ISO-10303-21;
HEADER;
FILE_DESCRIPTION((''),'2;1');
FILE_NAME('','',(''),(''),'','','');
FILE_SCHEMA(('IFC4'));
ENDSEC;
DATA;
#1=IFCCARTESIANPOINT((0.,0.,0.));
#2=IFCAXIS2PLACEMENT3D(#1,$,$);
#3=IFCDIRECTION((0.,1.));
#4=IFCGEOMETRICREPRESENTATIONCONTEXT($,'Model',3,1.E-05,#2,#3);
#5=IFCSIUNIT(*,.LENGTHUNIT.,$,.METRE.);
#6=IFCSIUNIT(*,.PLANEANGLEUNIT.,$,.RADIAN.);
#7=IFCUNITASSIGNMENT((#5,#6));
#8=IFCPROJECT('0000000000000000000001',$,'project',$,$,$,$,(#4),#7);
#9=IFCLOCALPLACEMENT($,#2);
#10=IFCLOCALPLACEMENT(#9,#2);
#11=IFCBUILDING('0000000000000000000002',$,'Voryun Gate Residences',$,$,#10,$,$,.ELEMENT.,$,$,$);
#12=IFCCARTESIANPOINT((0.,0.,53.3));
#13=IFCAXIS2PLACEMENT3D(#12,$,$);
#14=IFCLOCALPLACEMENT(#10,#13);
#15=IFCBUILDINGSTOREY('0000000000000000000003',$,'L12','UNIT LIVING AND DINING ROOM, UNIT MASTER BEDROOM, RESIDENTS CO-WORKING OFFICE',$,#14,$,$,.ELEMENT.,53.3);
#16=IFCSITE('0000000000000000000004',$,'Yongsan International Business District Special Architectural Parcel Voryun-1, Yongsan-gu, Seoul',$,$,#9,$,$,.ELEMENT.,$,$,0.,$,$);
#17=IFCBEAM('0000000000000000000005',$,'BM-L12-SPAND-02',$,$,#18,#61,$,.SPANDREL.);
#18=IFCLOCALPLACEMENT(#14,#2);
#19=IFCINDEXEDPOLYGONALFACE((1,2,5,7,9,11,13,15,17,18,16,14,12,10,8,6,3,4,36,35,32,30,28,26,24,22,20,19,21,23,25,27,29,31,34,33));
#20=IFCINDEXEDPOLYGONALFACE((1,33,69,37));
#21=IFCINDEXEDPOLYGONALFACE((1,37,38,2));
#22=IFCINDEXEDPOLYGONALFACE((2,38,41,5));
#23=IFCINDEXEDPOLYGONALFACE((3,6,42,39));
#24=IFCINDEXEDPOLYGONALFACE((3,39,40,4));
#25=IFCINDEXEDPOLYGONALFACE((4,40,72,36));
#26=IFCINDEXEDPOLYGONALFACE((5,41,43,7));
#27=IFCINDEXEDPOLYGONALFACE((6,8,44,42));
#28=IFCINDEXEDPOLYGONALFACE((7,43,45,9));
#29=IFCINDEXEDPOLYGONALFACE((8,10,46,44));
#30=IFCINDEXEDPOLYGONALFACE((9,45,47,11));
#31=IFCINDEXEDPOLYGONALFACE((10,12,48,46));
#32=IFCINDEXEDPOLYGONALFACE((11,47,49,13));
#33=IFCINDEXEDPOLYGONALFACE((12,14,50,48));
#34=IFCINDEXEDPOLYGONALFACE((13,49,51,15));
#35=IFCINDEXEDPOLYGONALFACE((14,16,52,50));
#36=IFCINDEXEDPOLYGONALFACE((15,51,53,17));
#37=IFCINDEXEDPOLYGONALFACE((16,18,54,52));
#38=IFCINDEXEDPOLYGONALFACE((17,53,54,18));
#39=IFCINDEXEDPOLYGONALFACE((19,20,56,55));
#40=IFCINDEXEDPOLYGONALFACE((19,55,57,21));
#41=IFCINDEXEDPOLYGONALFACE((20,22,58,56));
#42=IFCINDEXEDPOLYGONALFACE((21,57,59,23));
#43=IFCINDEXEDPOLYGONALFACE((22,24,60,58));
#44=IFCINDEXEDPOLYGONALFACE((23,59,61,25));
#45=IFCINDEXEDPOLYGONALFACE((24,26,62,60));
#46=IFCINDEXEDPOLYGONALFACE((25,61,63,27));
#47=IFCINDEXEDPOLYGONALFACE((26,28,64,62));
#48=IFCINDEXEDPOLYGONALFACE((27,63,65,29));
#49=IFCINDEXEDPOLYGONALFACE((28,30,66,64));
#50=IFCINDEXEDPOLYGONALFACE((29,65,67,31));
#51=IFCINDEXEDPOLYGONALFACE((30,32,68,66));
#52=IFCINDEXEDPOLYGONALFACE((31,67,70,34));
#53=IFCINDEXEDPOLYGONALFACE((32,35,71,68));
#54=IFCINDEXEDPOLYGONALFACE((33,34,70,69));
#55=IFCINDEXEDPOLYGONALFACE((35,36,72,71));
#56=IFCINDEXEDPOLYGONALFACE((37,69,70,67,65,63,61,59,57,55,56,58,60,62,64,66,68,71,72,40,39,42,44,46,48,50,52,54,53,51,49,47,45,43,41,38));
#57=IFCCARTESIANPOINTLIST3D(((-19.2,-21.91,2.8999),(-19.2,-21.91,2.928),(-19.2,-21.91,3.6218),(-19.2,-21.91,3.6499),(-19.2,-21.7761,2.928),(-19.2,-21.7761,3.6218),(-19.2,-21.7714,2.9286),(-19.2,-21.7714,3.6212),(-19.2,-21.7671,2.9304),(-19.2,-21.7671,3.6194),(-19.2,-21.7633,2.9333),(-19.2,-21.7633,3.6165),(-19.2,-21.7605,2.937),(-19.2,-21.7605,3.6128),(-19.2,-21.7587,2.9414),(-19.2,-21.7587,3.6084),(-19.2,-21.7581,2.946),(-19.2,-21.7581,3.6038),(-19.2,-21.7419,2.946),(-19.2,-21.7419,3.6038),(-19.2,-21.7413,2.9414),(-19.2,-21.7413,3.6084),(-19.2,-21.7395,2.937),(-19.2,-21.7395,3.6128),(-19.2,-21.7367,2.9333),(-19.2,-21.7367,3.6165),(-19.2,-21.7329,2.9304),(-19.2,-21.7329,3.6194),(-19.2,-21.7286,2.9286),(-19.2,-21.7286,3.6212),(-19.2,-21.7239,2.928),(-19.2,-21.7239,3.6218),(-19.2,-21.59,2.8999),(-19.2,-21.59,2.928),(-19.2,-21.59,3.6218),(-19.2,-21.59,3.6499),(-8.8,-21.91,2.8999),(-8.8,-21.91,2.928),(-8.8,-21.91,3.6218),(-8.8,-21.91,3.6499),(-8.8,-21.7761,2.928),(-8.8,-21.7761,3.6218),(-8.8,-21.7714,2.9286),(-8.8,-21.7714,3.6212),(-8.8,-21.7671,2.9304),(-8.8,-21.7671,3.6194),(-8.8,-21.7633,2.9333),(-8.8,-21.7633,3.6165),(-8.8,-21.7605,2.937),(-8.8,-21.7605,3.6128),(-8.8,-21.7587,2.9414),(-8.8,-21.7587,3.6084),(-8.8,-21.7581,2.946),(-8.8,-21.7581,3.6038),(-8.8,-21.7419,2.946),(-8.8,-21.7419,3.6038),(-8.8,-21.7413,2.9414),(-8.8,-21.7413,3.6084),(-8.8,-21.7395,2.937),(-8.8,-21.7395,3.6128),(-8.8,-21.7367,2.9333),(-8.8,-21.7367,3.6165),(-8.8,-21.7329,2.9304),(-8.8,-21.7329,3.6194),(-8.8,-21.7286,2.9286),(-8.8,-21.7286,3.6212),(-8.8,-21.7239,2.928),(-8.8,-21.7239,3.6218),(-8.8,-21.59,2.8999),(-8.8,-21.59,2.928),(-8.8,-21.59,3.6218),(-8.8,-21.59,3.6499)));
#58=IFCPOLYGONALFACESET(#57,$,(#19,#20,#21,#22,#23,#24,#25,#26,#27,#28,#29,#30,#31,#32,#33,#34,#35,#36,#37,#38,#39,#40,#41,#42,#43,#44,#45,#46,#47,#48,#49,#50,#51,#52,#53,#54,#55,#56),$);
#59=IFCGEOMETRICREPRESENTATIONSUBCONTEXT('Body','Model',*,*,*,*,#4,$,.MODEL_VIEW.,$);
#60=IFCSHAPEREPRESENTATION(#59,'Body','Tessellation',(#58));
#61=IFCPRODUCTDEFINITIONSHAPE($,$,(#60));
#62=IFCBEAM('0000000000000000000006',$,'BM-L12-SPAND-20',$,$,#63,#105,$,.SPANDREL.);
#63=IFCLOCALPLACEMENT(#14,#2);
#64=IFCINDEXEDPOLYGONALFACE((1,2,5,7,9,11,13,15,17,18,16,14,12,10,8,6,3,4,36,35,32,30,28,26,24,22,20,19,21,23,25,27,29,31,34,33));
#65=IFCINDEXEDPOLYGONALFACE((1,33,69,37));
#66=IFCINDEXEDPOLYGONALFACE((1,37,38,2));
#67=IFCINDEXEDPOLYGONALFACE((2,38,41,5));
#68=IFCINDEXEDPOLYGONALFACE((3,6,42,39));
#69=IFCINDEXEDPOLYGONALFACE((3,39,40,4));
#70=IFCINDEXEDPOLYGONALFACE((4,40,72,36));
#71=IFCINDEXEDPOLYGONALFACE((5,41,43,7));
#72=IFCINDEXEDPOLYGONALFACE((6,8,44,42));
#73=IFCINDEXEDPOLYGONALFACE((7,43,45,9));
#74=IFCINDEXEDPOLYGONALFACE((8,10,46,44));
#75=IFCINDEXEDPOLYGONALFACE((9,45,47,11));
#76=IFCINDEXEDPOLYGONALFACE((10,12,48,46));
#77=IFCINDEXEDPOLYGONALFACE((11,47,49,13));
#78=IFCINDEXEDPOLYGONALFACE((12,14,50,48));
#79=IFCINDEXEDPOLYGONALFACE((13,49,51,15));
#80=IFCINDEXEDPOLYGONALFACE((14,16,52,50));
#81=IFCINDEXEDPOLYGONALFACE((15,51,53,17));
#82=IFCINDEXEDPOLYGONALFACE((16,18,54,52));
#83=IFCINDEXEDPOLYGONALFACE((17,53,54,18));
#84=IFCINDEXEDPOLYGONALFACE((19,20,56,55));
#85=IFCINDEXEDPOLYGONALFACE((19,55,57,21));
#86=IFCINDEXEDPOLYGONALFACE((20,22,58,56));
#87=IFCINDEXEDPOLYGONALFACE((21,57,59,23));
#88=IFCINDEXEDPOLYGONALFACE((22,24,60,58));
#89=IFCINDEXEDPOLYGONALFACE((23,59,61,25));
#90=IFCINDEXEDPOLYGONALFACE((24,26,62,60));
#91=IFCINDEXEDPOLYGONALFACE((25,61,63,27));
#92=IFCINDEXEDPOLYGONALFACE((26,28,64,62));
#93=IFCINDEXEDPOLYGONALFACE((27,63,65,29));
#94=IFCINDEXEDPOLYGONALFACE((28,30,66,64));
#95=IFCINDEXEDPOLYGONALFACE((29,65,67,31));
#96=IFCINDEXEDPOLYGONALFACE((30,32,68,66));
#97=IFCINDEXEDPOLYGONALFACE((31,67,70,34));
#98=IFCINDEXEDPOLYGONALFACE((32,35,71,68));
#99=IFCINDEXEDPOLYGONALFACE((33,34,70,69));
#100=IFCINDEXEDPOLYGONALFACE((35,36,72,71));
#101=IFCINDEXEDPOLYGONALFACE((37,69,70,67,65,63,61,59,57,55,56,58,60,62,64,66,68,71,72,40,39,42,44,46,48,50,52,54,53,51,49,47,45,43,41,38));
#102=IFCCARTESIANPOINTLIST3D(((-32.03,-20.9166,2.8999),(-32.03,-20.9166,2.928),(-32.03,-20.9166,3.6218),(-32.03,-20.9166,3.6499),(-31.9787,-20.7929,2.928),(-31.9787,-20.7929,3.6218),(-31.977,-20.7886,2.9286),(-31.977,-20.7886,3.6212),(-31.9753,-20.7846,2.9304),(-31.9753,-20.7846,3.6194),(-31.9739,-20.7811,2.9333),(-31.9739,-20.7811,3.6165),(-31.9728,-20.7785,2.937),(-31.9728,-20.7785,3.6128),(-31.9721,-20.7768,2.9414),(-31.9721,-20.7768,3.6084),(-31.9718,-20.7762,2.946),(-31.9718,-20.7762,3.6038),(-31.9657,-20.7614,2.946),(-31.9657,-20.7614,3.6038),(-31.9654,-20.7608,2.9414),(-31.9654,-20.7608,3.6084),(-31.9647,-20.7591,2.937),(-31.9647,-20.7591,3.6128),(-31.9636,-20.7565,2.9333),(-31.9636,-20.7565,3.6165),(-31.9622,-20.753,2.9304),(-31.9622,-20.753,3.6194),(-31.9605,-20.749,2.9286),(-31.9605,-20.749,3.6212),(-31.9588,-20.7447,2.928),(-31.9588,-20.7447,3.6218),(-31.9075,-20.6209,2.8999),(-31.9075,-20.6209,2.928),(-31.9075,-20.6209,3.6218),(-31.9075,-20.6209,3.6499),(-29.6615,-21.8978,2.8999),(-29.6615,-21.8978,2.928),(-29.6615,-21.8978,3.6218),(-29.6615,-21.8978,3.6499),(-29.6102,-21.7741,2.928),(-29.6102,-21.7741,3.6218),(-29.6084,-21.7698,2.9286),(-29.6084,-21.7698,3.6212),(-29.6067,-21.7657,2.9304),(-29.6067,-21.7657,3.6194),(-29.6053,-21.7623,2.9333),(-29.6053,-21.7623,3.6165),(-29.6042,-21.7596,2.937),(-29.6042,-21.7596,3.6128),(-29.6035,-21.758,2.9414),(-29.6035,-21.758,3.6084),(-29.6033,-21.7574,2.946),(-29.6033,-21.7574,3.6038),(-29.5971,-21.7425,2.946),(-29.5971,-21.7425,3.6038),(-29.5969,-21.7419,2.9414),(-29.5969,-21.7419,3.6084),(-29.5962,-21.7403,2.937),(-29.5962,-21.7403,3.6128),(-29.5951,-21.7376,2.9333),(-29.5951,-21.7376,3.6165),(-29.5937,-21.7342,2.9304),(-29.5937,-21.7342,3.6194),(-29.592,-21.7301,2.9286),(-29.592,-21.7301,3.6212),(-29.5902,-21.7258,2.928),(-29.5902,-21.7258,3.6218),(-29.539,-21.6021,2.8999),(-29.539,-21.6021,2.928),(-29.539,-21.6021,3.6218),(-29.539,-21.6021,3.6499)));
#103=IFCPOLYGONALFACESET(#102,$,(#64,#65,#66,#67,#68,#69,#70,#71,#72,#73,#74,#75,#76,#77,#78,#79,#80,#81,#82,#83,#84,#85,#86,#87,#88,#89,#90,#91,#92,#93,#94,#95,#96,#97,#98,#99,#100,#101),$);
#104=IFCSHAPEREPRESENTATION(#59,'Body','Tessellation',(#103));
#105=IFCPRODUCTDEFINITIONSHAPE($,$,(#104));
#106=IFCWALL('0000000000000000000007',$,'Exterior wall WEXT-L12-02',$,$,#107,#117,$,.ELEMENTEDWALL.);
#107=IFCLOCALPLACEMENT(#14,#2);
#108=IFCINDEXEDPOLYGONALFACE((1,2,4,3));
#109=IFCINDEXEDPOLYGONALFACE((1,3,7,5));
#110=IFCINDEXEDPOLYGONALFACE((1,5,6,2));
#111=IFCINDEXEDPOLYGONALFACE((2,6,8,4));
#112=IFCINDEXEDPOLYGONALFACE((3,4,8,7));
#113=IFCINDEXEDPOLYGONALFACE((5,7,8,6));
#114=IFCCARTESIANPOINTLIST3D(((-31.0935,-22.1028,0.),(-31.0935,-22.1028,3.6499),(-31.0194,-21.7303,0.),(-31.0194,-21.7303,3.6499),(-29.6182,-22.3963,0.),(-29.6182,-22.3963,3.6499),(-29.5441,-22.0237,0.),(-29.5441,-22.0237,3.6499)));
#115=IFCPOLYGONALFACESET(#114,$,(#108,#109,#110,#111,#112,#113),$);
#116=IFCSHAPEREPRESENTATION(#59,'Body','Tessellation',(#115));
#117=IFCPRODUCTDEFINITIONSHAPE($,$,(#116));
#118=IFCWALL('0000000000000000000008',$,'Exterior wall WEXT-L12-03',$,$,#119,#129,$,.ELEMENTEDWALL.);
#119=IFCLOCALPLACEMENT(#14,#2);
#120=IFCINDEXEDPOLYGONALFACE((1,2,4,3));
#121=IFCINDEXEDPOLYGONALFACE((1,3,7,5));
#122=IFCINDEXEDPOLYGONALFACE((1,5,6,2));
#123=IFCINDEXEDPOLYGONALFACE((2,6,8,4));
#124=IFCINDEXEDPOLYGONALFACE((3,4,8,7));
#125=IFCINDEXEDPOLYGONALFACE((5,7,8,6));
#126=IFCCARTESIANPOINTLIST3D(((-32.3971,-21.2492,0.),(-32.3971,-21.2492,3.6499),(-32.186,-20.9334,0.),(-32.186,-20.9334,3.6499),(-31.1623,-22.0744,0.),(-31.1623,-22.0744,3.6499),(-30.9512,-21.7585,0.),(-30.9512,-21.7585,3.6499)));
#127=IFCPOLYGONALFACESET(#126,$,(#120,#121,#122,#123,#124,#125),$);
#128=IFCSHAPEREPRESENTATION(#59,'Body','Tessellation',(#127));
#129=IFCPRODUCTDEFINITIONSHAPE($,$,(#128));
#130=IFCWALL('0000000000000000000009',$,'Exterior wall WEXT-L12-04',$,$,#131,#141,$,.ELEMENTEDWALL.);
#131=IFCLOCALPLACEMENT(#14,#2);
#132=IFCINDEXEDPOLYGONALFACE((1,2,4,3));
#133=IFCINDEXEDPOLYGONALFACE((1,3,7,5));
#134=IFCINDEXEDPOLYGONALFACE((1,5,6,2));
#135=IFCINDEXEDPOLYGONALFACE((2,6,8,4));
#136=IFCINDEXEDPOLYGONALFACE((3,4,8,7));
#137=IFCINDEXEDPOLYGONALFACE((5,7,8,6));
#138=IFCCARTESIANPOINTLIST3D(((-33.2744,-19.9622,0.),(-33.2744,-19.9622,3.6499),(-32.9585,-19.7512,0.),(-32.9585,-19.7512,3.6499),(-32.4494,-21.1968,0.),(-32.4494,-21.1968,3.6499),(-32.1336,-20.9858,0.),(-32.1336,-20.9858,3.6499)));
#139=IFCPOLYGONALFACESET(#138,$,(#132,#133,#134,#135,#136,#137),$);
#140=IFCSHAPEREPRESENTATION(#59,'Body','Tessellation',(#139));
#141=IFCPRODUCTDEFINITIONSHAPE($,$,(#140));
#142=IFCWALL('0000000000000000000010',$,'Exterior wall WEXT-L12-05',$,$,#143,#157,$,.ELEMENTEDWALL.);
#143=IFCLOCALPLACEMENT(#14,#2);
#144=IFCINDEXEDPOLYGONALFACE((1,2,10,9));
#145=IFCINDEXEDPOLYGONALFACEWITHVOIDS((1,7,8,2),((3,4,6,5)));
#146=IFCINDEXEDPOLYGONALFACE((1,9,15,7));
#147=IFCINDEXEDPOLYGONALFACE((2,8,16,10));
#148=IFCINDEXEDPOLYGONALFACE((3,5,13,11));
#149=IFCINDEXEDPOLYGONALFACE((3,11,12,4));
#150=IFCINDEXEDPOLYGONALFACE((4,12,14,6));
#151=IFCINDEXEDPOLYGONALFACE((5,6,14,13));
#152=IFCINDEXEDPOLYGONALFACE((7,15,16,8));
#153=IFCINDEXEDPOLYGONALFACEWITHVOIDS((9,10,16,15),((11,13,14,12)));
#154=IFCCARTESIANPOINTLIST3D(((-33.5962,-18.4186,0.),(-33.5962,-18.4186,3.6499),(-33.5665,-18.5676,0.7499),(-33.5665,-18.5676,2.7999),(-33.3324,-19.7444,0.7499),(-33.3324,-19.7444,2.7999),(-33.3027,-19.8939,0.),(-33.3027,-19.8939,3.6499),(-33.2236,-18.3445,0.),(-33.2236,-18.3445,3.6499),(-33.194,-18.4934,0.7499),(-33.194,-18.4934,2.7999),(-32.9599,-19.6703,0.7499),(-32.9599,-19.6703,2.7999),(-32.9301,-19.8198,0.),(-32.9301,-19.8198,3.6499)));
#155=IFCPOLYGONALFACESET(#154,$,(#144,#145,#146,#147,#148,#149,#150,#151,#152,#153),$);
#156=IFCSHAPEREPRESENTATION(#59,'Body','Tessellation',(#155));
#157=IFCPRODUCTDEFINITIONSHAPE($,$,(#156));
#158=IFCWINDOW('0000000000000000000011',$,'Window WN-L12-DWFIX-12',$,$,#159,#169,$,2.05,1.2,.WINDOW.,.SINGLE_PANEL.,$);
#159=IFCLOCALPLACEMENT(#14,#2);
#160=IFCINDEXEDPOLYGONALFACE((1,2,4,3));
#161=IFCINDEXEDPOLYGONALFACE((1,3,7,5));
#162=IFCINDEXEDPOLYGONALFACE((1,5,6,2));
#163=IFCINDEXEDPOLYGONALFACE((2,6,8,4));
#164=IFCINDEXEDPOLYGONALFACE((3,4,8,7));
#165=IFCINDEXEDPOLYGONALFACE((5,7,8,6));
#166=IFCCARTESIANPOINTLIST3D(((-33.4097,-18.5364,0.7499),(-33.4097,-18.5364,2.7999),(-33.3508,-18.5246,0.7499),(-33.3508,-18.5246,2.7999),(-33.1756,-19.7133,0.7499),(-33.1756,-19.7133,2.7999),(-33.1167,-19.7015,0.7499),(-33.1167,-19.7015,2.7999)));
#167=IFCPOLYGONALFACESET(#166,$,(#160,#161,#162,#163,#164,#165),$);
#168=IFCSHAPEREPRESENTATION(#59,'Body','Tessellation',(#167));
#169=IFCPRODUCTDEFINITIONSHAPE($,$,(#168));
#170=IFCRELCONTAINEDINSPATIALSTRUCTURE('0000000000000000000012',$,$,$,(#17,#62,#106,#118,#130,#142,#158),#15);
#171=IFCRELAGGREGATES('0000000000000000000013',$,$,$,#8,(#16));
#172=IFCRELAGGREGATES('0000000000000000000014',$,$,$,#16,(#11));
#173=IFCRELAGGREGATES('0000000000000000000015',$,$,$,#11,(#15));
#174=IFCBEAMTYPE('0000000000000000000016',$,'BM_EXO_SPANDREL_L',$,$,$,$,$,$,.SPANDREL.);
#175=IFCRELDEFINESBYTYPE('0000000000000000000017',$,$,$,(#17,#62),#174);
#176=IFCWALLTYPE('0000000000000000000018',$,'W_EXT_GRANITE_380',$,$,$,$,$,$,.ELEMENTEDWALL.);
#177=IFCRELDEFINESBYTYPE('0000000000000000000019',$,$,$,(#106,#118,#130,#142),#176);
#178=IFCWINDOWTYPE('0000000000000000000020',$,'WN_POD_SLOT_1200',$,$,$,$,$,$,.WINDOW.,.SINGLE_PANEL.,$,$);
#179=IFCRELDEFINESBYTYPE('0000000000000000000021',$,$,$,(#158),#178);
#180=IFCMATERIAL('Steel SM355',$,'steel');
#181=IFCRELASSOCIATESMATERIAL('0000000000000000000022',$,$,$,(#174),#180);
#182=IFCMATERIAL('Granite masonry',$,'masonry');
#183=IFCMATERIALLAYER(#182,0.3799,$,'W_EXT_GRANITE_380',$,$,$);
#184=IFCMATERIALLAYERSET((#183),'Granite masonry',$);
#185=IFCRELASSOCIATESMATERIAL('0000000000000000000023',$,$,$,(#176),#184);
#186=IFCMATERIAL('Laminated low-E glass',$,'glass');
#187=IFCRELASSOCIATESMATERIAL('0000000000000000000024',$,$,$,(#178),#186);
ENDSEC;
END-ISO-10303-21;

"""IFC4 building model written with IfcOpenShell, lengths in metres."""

from ifc_helpers import new_model, si_unit, direction, frame, frame_2d, origin, origin_2d, place, context, subcontext, project, spatial, rectangle, i_section, extrude, material, layer, layer_set, material_profile, profile_set, type_object, element, fill, save


model = new_model("IFC4")

# Units and contexts
model_context = context("Model", 3, precision=1e-05, world=origin(), true_north=direction((0.0, 1.0)))
body_context = subcontext(model_context, "Body", "Model", "MODEL_VIEW")
ifc_project = project(units=[si_unit("LENGTHUNIT", "METRE"), si_unit("PLANEANGLEUNIT", "RADIAN")], contexts=[model_context])

# Site, building, storey
site_placement = place(None, origin())
site = spatial("IfcSite", under=ifc_project, at=site_placement, Name="Yongsan International Business District Special Architectural Parcel Voryun-1, Yongsan-gu, Seoul", CompositionType="ELEMENT", RefElevation=0.0)
building_placement = place(site_placement, origin())
building = spatial("IfcBuilding", under=site, at=building_placement, Name="Voryun Gate Residences", CompositionType="ELEMENT")
storey_placement = place(building_placement, frame((0.0, 0.0, 53.3)))
storey = spatial("IfcBuildingStorey", under=building, at=storey_placement, Name="L12", Description="UNIT LIVING AND DINING ROOM, UNIT MASTER BEDROOM, RESIDENTS CO-WORKING OFFICE", CompositionType="ELEMENT", Elevation=53.3)

# Beams
ifc_material_1 = material(Name="Steel SM355", Category="steel")
ifc_material_profile_1 = material_profile(ifc_material_1, i_section(OverallWidth=0.3201, OverallDepth=0.75, WebThickness=0.0161, FlangeThickness=0.0281, FilletRadius=0.0181, at=origin_2d()), Name="H-750x320x16x28")
ifc_profile_set_1 = profile_set([ifc_material_profile_1], Name="Steel SM355")
beam_type = type_object("IfcBeamType", Name="BM_EXO_SPANDREL_L", PredefinedType="SPANDREL", material=ifc_profile_set_1)
beam_1_placement = place(storey_placement, frame((-19.2, -21.75, 3.2749), z_axis=(1.0, 0.0, 0.0), x_axis=(0.0, 1.0, 0.0)))
element("IfcBeam", 1, at=beam_1_placement, inside=storey, type_object=beam_type, Name="BM-L12-SPAND-02", PredefinedType="SPANDREL", context=body_context, shape_type="SweptSolid", body=[
    extrude(i_section(OverallWidth=0.3201, OverallDepth=0.75, WebThickness=0.0161, FlangeThickness=0.0281, FilletRadius=0.0181, at=origin_2d()), origin(), (0.0, 0.0, 1.0), 10.3999),
])
beam_2_placement = place(storey_placement, frame((-31.9688, -20.7688, 3.2749), z_axis=(0.923869, -0.382708, 0.0), x_axis=(0.382708, 0.923869, 0.0)))
element("IfcBeam", 2, at=beam_2_placement, inside=storey, type_object=beam_type, Name="BM-L12-SPAND-20", PredefinedType="SPANDREL", context=body_context, shape_type="SweptSolid", body=[
    extrude(i_section(OverallWidth=0.3201, OverallDepth=0.75, WebThickness=0.0161, FlangeThickness=0.0281, FilletRadius=0.0181, at=origin_2d()), origin(), (0.0, 0.0, 1.0), 2.5637),
])

# Walls
ifc_material_2 = material(Name="Granite masonry", Category="masonry")
ifc_layer_1 = layer(ifc_material_2, 0.3799, Name="W_EXT_GRANITE_380")
ifc_layer_set_1 = layer_set([ifc_layer_1], Name="Granite masonry")
wall_type_1 = type_object("IfcWallType", Name="W_EXT_GRANITE_380", PredefinedType="ELEMENTEDWALL", material=ifc_layer_set_1)
wall_1_placement = place(storey_placement, frame((-29.5813, -22.21, 0.0), z_axis=(0.0, 0.0, 1.0), x_axis=(-0.980786, 0.195086, 0.0)))
element("IfcWall", 3, at=wall_1_placement, inside=storey, type_object=wall_type_1, Name="Exterior wall WEXT-L12-02", PredefinedType="ELEMENTEDWALL", context=body_context, shape_type="SweptSolid", body=[
    extrude(rectangle(XDim=1.5042, YDim=0.3799, at=frame_2d((0.752, 0.0))), origin(), (0.0, 0.0, 1.0), 3.6499),
])
wall_2_placement = place(storey_placement, frame((-31.0566, -21.9165, 0.0), z_axis=(0.0, 0.0, 1.0), x_axis=(-0.831443, 0.55561, 0.0)))
element("IfcWall", 4, at=wall_2_placement, inside=storey, type_object=wall_type_1, Name="Exterior wall WEXT-L12-03", PredefinedType="ELEMENTEDWALL", context=body_context, shape_type="SweptSolid", body=[
    extrude(rectangle(XDim=1.4851, YDim=0.3799, at=frame_2d((0.7427, 0.0))), origin(), (0.0, 0.0, 1.0), 3.6499),
])
wall_3_placement = place(storey_placement, frame((-32.2915, -21.0913, 0.0), z_axis=(0.0, 0.0, 1.0), x_axis=(-0.555573, 0.831468, 0.0)))
element("IfcWall", 5, at=wall_3_placement, inside=storey, type_object=wall_type_1, Name="Exterior wall WEXT-L12-04", PredefinedType="ELEMENTEDWALL", context=body_context, shape_type="SweptSolid", body=[
    extrude(rectangle(XDim=1.4849, YDim=0.3799, at=frame_2d((0.7424, 0.0))), origin(), (0.0, 0.0, 1.0), 3.6499),
])

# Wall, opening, window
wall_4_placement = place(storey_placement, frame((-33.1165, -19.8567, 0.0), z_axis=(0.0, 0.0, 1.0), x_axis=(-0.195086, 0.980786, 0.0)))
wall_4 = element("IfcWall", 6, at=wall_4_placement, inside=storey, type_object=wall_type_1, Name="Exterior wall WEXT-L12-05", PredefinedType="ELEMENTEDWALL", context=body_context, shape_type="SweptSolid", body=[
    extrude(rectangle(XDim=1.5042, YDim=0.3799, at=frame_2d((0.752, 0.0))), origin(), (0.0, 0.0, 1.0), 3.6499),
])
opening_1_placement = place(wall_4_placement, frame((0.1521, 0.0, 0.75)))
opening_1 = element("IfcOpeningElement", 7, at=opening_1_placement, cuts=wall_4, PredefinedType="OPENING", context=body_context, shape_type="SweptSolid", body=[
    extrude(rectangle(XDim=1.2, YDim=2.05, at=frame_2d((0.6001, 1.0249))), frame((0.0, 0.2, 0.0), z_axis=(0.0, -1.0, 0.0), x_axis=(1.0, 0.0, 0.0)), (0.0, 0.0, 1.0), 0.3999),
])
ifc_material_3 = material(Name="Laminated low-E glass", Category="glass")
window_type = type_object("IfcWindowType", Name="WN_POD_SLOT_1200", PartitioningType="SINGLE_PANEL", PredefinedType="WINDOW", material=ifc_material_3)
window_1_placement = place(opening_1_placement, origin())
window_1 = element("IfcWindow", 8, at=window_1_placement, inside=storey, type_object=window_type, Name="Window WN-L12-DWFIX-12", OverallHeight=2.05, OverallWidth=1.2, PartitioningType="SINGLE_PANEL", PredefinedType="WINDOW", context=body_context, shape_type="SweptSolid", body=[
    extrude(rectangle(XDim=1.2, YDim=2.05, at=frame_2d((0.6001, 1.0249))), frame((0.0, 0.03, 0.0), z_axis=(0.0, -1.0, 0.0), x_axis=(1.0, 0.0, 0.0)), (0.0, 0.0, 1.0), 0.0601),
])
fill(opening_1, window_1)

save(model, "model.ifc")
